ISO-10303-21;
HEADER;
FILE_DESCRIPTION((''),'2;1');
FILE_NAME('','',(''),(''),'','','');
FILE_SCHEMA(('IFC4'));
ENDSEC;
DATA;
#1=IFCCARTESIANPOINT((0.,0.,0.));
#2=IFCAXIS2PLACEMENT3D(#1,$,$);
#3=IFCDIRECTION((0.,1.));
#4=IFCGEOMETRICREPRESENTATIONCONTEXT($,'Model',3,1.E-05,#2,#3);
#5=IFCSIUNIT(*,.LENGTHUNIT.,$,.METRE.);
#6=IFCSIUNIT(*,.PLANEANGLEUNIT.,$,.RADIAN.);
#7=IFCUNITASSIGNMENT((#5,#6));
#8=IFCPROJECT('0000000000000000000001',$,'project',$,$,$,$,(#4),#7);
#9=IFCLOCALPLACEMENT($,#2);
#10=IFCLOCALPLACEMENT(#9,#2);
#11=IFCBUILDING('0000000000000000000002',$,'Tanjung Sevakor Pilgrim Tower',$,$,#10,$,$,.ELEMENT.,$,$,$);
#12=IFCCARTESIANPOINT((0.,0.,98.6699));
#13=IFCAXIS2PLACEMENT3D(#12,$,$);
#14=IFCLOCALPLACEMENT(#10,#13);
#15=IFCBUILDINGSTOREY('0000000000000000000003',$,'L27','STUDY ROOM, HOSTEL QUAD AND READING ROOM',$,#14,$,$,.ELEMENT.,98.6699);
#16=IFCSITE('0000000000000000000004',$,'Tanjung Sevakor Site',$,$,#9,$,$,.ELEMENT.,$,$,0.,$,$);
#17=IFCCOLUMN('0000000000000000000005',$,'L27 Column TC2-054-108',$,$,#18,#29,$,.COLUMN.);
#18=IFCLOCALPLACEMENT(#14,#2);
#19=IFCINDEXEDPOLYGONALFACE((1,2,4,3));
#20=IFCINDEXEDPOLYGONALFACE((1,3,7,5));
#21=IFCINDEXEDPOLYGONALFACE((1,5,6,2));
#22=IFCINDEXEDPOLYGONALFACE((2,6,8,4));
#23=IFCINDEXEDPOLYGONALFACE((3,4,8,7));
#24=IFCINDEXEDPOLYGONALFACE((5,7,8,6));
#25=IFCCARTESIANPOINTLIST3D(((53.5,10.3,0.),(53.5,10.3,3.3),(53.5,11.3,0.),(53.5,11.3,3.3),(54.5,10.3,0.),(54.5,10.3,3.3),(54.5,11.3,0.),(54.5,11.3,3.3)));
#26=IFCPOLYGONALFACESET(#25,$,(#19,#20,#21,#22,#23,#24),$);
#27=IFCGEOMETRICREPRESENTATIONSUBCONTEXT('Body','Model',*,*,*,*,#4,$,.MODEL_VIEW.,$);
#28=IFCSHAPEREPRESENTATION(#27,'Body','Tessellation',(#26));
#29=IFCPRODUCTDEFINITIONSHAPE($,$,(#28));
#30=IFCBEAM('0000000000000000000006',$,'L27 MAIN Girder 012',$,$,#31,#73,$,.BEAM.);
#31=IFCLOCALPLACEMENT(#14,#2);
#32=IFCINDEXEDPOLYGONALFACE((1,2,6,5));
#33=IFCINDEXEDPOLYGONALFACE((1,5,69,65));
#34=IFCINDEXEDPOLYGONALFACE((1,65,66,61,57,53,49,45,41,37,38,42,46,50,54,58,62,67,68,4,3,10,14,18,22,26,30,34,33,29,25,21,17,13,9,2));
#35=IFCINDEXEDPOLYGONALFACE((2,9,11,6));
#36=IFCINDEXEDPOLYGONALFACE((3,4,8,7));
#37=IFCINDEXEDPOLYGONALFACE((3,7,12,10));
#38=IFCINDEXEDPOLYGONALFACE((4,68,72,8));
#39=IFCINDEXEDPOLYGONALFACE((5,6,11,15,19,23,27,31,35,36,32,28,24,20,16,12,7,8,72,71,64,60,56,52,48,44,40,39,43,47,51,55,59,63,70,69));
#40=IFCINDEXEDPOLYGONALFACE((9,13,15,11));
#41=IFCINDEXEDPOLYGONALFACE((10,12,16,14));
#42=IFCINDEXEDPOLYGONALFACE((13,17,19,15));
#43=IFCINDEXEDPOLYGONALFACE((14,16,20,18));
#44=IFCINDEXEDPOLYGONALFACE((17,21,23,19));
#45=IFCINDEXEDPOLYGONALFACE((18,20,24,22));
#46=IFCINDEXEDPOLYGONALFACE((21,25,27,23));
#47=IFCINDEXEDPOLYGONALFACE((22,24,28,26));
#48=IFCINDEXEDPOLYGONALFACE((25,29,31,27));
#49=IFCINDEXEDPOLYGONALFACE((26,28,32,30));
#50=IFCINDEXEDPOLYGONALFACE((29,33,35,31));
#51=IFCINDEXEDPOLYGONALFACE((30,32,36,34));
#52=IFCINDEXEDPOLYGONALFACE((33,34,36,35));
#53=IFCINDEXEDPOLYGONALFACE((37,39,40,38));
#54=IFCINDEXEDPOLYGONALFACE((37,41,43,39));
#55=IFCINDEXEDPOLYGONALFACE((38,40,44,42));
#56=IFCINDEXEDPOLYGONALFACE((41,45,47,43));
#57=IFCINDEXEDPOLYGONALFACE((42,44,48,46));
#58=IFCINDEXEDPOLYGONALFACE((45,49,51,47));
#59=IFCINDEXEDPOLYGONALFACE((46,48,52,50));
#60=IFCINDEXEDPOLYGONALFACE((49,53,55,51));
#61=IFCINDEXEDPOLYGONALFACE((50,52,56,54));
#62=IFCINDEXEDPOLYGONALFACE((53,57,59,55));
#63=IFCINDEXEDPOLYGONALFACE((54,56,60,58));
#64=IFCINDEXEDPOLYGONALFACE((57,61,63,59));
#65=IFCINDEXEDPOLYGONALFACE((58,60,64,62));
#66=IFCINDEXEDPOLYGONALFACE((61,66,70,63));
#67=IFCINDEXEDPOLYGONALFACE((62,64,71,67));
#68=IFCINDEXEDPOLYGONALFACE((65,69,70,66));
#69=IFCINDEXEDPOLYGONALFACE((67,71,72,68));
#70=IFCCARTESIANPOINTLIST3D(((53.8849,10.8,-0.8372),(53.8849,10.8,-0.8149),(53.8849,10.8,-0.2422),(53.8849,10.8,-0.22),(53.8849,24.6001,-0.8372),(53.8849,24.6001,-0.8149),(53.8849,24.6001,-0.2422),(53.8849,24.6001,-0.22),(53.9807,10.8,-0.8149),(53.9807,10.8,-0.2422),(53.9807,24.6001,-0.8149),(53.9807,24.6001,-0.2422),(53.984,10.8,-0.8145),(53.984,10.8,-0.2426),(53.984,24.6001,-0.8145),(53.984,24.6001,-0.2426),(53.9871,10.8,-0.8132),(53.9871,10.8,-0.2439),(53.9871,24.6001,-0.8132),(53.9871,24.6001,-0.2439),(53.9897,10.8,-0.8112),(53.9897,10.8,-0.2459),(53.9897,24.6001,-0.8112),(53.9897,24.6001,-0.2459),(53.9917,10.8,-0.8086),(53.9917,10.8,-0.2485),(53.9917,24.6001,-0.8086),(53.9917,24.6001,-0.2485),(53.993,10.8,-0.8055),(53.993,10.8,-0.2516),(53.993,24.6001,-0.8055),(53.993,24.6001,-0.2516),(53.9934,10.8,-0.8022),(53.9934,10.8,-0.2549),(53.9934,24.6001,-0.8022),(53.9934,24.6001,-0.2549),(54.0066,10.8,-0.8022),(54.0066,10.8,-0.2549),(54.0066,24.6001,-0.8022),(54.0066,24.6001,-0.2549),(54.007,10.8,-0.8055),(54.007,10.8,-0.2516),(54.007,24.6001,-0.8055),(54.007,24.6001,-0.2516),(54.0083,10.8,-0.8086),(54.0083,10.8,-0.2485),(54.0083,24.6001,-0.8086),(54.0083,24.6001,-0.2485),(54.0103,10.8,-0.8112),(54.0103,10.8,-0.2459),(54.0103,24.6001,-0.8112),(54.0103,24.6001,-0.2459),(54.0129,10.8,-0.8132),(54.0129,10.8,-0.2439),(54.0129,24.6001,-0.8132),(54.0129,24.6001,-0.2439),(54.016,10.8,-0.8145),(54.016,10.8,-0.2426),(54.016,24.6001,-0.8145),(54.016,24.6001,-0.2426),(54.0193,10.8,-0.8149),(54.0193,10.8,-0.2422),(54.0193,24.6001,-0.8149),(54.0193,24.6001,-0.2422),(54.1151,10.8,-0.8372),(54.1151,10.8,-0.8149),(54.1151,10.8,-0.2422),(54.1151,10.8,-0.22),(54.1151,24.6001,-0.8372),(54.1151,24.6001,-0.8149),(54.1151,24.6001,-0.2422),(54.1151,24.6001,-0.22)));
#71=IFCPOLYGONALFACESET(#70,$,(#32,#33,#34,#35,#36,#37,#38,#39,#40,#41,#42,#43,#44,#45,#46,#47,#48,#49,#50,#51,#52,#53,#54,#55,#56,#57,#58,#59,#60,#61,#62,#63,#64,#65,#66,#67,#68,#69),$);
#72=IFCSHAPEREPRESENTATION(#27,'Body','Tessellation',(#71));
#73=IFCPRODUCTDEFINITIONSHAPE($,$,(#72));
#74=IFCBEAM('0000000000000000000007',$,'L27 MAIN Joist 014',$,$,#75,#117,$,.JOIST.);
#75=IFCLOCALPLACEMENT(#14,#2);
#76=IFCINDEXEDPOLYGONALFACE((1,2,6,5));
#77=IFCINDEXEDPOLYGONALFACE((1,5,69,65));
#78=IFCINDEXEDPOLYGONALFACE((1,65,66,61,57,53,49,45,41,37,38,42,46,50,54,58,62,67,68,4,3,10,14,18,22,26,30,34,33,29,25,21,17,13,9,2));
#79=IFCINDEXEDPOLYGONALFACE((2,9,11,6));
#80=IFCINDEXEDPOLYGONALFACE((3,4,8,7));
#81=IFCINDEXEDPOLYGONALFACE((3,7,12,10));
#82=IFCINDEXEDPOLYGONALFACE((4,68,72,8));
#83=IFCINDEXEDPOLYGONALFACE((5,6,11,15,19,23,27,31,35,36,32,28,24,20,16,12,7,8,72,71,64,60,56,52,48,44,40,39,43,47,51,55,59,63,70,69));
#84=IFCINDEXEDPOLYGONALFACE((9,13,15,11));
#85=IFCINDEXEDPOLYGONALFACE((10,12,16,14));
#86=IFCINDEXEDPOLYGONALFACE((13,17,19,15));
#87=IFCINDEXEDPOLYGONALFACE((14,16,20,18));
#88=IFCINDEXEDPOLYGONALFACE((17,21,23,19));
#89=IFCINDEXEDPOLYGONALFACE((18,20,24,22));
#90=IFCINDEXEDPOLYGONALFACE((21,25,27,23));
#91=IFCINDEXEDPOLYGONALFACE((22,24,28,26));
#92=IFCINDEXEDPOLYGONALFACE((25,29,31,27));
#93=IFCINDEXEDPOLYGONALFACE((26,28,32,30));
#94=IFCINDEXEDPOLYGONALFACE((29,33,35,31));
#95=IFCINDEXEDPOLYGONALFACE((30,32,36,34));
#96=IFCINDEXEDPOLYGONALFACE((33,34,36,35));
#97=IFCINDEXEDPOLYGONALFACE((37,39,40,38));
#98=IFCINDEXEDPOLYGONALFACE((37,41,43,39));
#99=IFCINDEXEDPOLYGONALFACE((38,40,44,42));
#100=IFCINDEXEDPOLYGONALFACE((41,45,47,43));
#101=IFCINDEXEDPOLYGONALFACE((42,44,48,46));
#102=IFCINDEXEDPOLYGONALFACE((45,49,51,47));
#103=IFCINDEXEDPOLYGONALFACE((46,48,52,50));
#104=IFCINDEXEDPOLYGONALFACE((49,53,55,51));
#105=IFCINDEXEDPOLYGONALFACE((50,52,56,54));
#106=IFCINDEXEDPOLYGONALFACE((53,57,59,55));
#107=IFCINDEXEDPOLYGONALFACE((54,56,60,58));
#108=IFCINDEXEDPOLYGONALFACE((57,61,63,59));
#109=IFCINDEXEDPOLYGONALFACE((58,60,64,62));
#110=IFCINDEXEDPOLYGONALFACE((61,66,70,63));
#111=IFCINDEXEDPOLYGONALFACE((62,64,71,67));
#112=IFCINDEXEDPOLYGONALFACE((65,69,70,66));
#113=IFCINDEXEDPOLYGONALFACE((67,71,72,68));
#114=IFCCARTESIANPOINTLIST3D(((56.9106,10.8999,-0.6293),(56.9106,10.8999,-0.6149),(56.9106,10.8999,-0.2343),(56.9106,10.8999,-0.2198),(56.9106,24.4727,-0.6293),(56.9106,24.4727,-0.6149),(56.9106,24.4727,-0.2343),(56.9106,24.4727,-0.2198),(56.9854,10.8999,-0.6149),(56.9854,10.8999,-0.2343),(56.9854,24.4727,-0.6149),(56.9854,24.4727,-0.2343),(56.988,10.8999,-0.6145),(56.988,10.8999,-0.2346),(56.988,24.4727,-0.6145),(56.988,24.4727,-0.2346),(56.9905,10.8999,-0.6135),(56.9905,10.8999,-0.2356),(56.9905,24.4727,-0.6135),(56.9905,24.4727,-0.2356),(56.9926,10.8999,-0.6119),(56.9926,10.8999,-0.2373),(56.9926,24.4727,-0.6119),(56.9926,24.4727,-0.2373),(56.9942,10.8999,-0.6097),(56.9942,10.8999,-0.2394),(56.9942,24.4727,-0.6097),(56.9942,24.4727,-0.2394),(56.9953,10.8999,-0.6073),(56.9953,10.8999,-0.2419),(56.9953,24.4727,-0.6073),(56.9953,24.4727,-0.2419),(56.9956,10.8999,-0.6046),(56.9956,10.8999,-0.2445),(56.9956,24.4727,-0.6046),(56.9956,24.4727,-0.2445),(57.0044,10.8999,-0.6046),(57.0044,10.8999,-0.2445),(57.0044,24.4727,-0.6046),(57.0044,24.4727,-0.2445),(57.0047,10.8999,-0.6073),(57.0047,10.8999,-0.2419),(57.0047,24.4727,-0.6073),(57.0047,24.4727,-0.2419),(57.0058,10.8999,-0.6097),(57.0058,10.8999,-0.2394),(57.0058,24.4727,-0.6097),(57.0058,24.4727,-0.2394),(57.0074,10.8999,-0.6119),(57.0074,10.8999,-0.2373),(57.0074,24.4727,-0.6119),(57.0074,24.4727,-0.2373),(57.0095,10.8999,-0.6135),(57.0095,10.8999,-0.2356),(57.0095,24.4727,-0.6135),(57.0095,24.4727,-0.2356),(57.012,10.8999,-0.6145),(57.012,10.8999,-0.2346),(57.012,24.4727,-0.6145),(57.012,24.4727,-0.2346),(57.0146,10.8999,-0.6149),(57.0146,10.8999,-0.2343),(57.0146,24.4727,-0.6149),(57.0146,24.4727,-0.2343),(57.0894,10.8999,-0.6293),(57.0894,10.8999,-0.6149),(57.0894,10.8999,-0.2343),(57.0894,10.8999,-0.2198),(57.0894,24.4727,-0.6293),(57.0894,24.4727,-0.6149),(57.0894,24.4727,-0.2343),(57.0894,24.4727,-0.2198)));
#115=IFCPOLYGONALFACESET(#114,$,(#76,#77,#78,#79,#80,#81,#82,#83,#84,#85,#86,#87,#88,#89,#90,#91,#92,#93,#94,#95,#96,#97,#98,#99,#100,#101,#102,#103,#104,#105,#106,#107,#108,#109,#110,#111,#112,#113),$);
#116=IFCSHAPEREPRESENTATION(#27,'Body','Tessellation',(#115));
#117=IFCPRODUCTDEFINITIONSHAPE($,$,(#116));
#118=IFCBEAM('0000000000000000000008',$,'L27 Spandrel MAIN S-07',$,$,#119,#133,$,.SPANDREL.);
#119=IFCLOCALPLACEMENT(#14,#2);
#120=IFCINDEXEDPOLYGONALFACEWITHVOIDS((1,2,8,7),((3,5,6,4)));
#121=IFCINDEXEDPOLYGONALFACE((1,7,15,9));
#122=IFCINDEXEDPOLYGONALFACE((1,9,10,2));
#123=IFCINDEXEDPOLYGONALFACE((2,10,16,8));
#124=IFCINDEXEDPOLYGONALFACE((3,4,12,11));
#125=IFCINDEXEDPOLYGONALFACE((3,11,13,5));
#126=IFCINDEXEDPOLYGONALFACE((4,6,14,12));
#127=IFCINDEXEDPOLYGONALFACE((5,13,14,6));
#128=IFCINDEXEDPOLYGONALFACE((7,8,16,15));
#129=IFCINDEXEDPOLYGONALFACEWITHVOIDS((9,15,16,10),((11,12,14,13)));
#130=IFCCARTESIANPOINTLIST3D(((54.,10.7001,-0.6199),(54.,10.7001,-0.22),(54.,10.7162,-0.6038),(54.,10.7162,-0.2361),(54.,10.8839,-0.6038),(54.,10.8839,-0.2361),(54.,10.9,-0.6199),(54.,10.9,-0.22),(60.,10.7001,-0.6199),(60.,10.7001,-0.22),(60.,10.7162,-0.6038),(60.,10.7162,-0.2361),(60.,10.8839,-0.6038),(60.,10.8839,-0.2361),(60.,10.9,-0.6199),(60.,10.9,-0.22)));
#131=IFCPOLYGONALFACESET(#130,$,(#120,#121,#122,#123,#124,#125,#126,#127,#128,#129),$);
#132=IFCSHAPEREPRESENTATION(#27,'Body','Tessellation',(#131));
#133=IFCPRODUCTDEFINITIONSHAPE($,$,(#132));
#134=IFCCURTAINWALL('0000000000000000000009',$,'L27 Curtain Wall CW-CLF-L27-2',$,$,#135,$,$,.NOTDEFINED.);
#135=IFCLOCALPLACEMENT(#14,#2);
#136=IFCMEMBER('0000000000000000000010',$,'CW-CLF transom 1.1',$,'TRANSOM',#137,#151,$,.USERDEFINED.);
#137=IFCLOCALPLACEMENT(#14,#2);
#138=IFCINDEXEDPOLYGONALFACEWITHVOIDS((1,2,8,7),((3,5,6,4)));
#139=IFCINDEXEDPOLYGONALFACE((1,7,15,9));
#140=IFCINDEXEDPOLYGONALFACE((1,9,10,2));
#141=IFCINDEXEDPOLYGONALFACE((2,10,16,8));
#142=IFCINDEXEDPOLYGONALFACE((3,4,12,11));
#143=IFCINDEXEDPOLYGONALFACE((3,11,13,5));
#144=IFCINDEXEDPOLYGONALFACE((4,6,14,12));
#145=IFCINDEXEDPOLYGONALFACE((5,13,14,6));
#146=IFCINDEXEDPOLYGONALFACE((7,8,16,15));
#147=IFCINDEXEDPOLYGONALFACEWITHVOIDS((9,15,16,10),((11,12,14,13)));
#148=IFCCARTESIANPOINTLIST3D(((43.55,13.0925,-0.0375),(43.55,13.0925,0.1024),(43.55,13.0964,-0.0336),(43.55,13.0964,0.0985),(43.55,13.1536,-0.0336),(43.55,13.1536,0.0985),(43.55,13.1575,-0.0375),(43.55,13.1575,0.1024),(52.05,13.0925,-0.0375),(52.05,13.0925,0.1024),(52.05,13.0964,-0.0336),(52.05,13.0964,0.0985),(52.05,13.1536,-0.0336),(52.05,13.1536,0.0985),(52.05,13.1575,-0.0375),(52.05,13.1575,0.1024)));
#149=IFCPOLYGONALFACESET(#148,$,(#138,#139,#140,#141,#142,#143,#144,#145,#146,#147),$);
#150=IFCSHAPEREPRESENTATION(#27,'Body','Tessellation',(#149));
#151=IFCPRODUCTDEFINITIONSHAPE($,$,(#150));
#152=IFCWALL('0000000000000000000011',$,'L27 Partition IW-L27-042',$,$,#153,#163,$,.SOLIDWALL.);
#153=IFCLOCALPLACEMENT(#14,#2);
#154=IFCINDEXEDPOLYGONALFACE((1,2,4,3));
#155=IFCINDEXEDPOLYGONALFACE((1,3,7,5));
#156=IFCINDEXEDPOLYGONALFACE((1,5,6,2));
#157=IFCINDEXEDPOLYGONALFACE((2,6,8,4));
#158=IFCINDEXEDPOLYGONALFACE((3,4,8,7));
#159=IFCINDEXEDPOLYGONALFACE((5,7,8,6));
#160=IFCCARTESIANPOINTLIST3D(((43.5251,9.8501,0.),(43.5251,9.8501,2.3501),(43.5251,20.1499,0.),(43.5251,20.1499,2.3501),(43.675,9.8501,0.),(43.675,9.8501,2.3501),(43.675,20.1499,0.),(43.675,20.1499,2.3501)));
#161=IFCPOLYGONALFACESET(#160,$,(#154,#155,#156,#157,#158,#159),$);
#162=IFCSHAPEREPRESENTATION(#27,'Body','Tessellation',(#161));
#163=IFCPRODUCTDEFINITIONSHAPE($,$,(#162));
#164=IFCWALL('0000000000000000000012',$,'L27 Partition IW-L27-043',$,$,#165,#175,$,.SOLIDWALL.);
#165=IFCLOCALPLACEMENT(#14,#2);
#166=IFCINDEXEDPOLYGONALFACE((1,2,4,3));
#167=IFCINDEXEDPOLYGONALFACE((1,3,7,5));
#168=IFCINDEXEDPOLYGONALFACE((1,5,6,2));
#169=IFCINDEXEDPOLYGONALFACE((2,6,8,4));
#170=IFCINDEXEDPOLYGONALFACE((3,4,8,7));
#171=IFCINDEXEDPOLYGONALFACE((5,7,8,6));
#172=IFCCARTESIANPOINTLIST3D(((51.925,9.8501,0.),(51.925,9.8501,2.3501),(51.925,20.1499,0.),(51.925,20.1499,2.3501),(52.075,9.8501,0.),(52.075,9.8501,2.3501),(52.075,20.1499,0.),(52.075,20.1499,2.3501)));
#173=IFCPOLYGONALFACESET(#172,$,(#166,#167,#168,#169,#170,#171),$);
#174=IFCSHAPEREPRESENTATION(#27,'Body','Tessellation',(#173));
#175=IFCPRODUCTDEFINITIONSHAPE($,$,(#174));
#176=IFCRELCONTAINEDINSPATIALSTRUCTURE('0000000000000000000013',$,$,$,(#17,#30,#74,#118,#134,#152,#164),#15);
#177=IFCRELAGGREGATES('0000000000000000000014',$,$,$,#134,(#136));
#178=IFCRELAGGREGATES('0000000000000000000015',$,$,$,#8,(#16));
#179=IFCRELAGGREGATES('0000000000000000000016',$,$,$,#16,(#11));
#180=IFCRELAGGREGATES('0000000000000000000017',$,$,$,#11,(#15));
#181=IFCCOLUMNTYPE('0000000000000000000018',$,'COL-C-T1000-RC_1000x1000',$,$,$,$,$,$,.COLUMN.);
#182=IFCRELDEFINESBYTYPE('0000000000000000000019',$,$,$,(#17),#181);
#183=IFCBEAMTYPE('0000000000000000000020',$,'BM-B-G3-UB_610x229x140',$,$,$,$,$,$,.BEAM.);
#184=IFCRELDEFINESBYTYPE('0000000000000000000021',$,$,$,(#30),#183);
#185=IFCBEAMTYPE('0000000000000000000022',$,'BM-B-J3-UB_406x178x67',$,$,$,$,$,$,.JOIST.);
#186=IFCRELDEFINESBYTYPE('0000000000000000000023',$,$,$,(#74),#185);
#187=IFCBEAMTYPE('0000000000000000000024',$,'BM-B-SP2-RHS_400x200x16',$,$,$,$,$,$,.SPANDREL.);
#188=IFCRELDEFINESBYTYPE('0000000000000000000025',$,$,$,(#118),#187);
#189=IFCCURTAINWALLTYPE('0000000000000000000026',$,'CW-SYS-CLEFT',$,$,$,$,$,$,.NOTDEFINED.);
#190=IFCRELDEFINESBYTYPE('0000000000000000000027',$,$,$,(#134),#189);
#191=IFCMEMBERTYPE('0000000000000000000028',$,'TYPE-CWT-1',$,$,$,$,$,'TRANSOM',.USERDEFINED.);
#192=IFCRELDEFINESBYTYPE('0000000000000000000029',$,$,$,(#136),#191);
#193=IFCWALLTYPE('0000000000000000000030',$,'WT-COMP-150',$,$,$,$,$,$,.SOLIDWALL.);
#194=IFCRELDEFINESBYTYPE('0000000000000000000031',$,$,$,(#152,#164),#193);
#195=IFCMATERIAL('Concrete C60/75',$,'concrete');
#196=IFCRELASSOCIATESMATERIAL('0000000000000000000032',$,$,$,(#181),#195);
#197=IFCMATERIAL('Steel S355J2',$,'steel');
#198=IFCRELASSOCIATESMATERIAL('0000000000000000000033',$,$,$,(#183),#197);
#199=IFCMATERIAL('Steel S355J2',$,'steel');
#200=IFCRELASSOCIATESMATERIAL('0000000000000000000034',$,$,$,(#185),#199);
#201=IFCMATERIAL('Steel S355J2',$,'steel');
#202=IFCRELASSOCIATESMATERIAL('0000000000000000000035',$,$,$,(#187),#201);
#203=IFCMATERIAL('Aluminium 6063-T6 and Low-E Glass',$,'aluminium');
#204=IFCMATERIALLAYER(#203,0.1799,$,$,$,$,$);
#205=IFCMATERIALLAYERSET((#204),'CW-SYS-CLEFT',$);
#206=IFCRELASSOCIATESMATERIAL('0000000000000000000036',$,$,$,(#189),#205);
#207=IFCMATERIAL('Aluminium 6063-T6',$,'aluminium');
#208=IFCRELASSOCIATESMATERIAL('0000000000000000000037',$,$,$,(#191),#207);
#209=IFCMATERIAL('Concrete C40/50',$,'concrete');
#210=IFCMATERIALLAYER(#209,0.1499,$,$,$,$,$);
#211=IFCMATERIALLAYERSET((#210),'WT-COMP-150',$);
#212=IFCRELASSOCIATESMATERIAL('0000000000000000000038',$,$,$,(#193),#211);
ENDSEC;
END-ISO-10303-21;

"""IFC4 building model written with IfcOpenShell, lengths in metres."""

from ifc_helpers import new_model, si_unit, direction, frame, frame_2d, origin, origin_2d, place, context, subcontext, project, spatial, rectangle, hollow_rectangle, i_section, extrude, material, layer, layer_set, material_profile, profile_set, type_object, element, aggregate, save


model = new_model("IFC4")

# Units and contexts
model_context = context("Model", 3, precision=1e-05, world=origin(), true_north=direction((0.0, 1.0)))
body_context = subcontext(model_context, "Body", "Model", "MODEL_VIEW")
ifc_project = project(units=[si_unit("LENGTHUNIT", "METRE"), si_unit("PLANEANGLEUNIT", "RADIAN")], contexts=[model_context])

# Site, building, storey
site_placement = place(None, origin())
site = spatial("IfcSite", under=ifc_project, at=site_placement, Name="Tanjung Sevakor Site", CompositionType="ELEMENT", RefElevation=0.0)
building_placement = place(site_placement, origin())
building = spatial("IfcBuilding", under=site, at=building_placement, Name="Tanjung Sevakor Pilgrim Tower", CompositionType="ELEMENT")
storey_placement = place(building_placement, frame((0.0, 0.0, 98.6699)))
storey = spatial("IfcBuildingStorey", under=building, at=storey_placement, Name="L27", Description="STUDY ROOM, HOSTEL QUAD AND READING ROOM", CompositionType="ELEMENT", Elevation=98.6699)

# Column
ifc_material_1 = material(Name="Concrete C60/75", Category="concrete")
ifc_material_profile_1 = material_profile(ifc_material_1, rectangle(XDim=1.0, YDim=1.0, at=origin_2d()))
ifc_profile_set_1 = profile_set([ifc_material_profile_1], Name="Concrete C60/75")
column_type = type_object("IfcColumnType", Name="COL-C-T1000-RC_1000x1000", PredefinedType="COLUMN", material=ifc_profile_set_1)
column_placement = place(storey_placement, frame((54.0, 10.8, 0.0), z_axis=(0.0, 0.0, 1.0), x_axis=(1.0, 0.0, 0.0)))
element("IfcColumn", 1, at=column_placement, inside=storey, type_object=column_type, Name="L27 Column TC2-054-108", PredefinedType="COLUMN", context=body_context, shape_type="SweptSolid", body=[
    extrude(rectangle(XDim=1.0, YDim=1.0, at=origin_2d()), origin(), (0.0, 0.0, 1.0), 3.3),
])

# Beams
ifc_material_2 = material(Name="Steel S355J2", Category="steel")
ifc_material_profile_2 = material_profile(ifc_material_2, i_section(OverallWidth=0.2302, OverallDepth=0.6172, WebThickness=0.0132, FlangeThickness=0.0222, FilletRadius=0.0127, at=origin_2d()))
ifc_profile_set_2 = profile_set([ifc_material_profile_2], Name="Steel S355J2")
beam_type_1 = type_object("IfcBeamType", Name="BM-B-G3-UB_610x229x140", PredefinedType="BEAM", material=ifc_profile_set_2)
beam_1_placement = place(storey_placement, frame((54.0, 10.8, -0.5286), z_axis=(0.0, 1.0, 0.0), x_axis=(-1.0, 0.0, 0.0)))
element("IfcBeam", 2, at=beam_1_placement, inside=storey, type_object=beam_type_1, Name="L27 MAIN Girder 012", PredefinedType="BEAM", context=body_context, shape_type="SweptSolid", body=[
    extrude(i_section(OverallWidth=0.2302, OverallDepth=0.6172, WebThickness=0.0132, FlangeThickness=0.0222, FilletRadius=0.0127, at=origin_2d()), origin(), (0.0, 0.0, 1.0), 13.8),
])
ifc_material_3 = material(Name="Steel S355J2", Category="steel")
ifc_material_profile_3 = material_profile(ifc_material_3, i_section(OverallWidth=0.1787, OverallDepth=0.4094, WebThickness=0.0088, FlangeThickness=0.0144, FilletRadius=0.0103, at=origin_2d()))
ifc_profile_set_3 = profile_set([ifc_material_profile_3], Name="Steel S355J2")
beam_type_2 = type_object("IfcBeamType", Name="BM-B-J3-UB_406x178x67", PredefinedType="JOIST", material=ifc_profile_set_3)
beam_2_placement = place(storey_placement, frame((57.0, 10.8999, -0.4246), z_axis=(0.0, 1.0, 0.0), x_axis=(-1.0, 0.0, 0.0)))
element("IfcBeam", 3, at=beam_2_placement, inside=storey, type_object=beam_type_2, Name="L27 MAIN Joist 014", PredefinedType="JOIST", context=body_context, shape_type="SweptSolid", body=[
    extrude(i_section(OverallWidth=0.1787, OverallDepth=0.4094, WebThickness=0.0088, FlangeThickness=0.0144, FilletRadius=0.0103, at=origin_2d()), origin(), (0.0, 0.0, 1.0), 13.5728),
])
ifc_material_4 = material(Name="Steel S355J2", Category="steel")
ifc_material_profile_4 = material_profile(ifc_material_4, hollow_rectangle(XDim=0.2, YDim=0.3999, WallThickness=0.0161, at=origin_2d()))
ifc_profile_set_4 = profile_set([ifc_material_profile_4], Name="Steel S355J2")
beam_type_3 = type_object("IfcBeamType", Name="BM-B-SP2-RHS_400x200x16", PredefinedType="SPANDREL", material=ifc_profile_set_4)
beam_3_placement = place(storey_placement, frame((54.0, 10.8, -0.4199), z_axis=(1.0, 0.0, 0.0), x_axis=(0.0, 1.0, 0.0)))
element("IfcBeam", 4, at=beam_3_placement, inside=storey, type_object=beam_type_3, Name="L27 Spandrel MAIN S-07", PredefinedType="SPANDREL", context=body_context, shape_type="SweptSolid", body=[
    extrude(hollow_rectangle(XDim=0.2, YDim=0.3999, WallThickness=0.0161, at=origin_2d()), origin(), (0.0, 0.0, 1.0), 6.0),
])

# Curtain wall, member
ifc_material_5 = material(Name="Aluminium 6063-T6 and Low-E Glass", Category="aluminium")
ifc_layer_1 = layer(ifc_material_5, 0.1799)
ifc_layer_set_1 = layer_set([ifc_layer_1], Name="CW-SYS-CLEFT")
curtain_wall_type = type_object("IfcCurtainWallType", Name="CW-SYS-CLEFT", PredefinedType="NOTDEFINED", material=ifc_layer_set_1)
curtain_wall_placement = place(storey_placement, origin())
curtain_wall = element("IfcCurtainWall", 5, at=curtain_wall_placement, inside=storey, type_object=curtain_wall_type, Name="L27 Curtain Wall CW-CLF-L27-2", PredefinedType="NOTDEFINED")
ifc_material_6 = material(Name="Aluminium 6063-T6", Category="aluminium")
ifc_material_profile_5 = material_profile(ifc_material_6, hollow_rectangle(XDim=0.0649, YDim=0.1399, WallThickness=0.0039, at=origin_2d()))
ifc_profile_set_5 = profile_set([ifc_material_profile_5], Name="Aluminium 6063-T6")
member_type = type_object("IfcMemberType", Name="TYPE-CWT-1", ElementType="TRANSOM", PredefinedType="USERDEFINED", material=ifc_profile_set_5)
member_placement = place(storey_placement, frame((43.55, 13.125, 0.0325), z_axis=(1.0, 0.0, 0.0), x_axis=(0.0, 1.0, 0.0)))
member = element("IfcMember", 6, at=member_placement, type_object=member_type, Name="CW-CLF transom 1.1", ObjectType="TRANSOM", PredefinedType="USERDEFINED", context=body_context, shape_type="SweptSolid", body=[
    extrude(hollow_rectangle(XDim=0.0649, YDim=0.1399, WallThickness=0.0039, at=origin_2d()), origin(), (0.0, 0.0, 1.0), 8.5),
])
aggregate(curtain_wall, [member])

# Walls
ifc_material_7 = material(Name="Concrete C40/50", Category="concrete")
ifc_layer_2 = layer(ifc_material_7, 0.1499)
ifc_layer_set_2 = layer_set([ifc_layer_2], Name="WT-COMP-150")
wall_type_1 = type_object("IfcWallType", Name="WT-COMP-150", PredefinedType="SOLIDWALL", material=ifc_layer_set_2)
for number, where, z_axis, x_axis, name in (
    (7, (43.6001, 9.8501, 0.0), (0.0, 0.0, 1.0), (0.0, 1.0, 0.0), "L27 Partition IW-L27-042"),
    (8, (52.0, 9.8501, 0.0), (0.0, 0.0, 1.0), (0.0, 1.0, 0.0), "L27 Partition IW-L27-043"),
):
    element("IfcWall", number, at=place(storey_placement, frame(where, z_axis=z_axis, x_axis=x_axis)), inside=storey, type_object=wall_type_1, Name=name, PredefinedType="SOLIDWALL", context=body_context, shape_type="SweptSolid", body=[
        extrude(rectangle(XDim=10.2998, YDim=0.1499, at=frame_2d((5.1499, 0.0))), origin(), (0.0, 0.0, 1.0), 2.3501),
    ])

save(model, "model.ifc")
